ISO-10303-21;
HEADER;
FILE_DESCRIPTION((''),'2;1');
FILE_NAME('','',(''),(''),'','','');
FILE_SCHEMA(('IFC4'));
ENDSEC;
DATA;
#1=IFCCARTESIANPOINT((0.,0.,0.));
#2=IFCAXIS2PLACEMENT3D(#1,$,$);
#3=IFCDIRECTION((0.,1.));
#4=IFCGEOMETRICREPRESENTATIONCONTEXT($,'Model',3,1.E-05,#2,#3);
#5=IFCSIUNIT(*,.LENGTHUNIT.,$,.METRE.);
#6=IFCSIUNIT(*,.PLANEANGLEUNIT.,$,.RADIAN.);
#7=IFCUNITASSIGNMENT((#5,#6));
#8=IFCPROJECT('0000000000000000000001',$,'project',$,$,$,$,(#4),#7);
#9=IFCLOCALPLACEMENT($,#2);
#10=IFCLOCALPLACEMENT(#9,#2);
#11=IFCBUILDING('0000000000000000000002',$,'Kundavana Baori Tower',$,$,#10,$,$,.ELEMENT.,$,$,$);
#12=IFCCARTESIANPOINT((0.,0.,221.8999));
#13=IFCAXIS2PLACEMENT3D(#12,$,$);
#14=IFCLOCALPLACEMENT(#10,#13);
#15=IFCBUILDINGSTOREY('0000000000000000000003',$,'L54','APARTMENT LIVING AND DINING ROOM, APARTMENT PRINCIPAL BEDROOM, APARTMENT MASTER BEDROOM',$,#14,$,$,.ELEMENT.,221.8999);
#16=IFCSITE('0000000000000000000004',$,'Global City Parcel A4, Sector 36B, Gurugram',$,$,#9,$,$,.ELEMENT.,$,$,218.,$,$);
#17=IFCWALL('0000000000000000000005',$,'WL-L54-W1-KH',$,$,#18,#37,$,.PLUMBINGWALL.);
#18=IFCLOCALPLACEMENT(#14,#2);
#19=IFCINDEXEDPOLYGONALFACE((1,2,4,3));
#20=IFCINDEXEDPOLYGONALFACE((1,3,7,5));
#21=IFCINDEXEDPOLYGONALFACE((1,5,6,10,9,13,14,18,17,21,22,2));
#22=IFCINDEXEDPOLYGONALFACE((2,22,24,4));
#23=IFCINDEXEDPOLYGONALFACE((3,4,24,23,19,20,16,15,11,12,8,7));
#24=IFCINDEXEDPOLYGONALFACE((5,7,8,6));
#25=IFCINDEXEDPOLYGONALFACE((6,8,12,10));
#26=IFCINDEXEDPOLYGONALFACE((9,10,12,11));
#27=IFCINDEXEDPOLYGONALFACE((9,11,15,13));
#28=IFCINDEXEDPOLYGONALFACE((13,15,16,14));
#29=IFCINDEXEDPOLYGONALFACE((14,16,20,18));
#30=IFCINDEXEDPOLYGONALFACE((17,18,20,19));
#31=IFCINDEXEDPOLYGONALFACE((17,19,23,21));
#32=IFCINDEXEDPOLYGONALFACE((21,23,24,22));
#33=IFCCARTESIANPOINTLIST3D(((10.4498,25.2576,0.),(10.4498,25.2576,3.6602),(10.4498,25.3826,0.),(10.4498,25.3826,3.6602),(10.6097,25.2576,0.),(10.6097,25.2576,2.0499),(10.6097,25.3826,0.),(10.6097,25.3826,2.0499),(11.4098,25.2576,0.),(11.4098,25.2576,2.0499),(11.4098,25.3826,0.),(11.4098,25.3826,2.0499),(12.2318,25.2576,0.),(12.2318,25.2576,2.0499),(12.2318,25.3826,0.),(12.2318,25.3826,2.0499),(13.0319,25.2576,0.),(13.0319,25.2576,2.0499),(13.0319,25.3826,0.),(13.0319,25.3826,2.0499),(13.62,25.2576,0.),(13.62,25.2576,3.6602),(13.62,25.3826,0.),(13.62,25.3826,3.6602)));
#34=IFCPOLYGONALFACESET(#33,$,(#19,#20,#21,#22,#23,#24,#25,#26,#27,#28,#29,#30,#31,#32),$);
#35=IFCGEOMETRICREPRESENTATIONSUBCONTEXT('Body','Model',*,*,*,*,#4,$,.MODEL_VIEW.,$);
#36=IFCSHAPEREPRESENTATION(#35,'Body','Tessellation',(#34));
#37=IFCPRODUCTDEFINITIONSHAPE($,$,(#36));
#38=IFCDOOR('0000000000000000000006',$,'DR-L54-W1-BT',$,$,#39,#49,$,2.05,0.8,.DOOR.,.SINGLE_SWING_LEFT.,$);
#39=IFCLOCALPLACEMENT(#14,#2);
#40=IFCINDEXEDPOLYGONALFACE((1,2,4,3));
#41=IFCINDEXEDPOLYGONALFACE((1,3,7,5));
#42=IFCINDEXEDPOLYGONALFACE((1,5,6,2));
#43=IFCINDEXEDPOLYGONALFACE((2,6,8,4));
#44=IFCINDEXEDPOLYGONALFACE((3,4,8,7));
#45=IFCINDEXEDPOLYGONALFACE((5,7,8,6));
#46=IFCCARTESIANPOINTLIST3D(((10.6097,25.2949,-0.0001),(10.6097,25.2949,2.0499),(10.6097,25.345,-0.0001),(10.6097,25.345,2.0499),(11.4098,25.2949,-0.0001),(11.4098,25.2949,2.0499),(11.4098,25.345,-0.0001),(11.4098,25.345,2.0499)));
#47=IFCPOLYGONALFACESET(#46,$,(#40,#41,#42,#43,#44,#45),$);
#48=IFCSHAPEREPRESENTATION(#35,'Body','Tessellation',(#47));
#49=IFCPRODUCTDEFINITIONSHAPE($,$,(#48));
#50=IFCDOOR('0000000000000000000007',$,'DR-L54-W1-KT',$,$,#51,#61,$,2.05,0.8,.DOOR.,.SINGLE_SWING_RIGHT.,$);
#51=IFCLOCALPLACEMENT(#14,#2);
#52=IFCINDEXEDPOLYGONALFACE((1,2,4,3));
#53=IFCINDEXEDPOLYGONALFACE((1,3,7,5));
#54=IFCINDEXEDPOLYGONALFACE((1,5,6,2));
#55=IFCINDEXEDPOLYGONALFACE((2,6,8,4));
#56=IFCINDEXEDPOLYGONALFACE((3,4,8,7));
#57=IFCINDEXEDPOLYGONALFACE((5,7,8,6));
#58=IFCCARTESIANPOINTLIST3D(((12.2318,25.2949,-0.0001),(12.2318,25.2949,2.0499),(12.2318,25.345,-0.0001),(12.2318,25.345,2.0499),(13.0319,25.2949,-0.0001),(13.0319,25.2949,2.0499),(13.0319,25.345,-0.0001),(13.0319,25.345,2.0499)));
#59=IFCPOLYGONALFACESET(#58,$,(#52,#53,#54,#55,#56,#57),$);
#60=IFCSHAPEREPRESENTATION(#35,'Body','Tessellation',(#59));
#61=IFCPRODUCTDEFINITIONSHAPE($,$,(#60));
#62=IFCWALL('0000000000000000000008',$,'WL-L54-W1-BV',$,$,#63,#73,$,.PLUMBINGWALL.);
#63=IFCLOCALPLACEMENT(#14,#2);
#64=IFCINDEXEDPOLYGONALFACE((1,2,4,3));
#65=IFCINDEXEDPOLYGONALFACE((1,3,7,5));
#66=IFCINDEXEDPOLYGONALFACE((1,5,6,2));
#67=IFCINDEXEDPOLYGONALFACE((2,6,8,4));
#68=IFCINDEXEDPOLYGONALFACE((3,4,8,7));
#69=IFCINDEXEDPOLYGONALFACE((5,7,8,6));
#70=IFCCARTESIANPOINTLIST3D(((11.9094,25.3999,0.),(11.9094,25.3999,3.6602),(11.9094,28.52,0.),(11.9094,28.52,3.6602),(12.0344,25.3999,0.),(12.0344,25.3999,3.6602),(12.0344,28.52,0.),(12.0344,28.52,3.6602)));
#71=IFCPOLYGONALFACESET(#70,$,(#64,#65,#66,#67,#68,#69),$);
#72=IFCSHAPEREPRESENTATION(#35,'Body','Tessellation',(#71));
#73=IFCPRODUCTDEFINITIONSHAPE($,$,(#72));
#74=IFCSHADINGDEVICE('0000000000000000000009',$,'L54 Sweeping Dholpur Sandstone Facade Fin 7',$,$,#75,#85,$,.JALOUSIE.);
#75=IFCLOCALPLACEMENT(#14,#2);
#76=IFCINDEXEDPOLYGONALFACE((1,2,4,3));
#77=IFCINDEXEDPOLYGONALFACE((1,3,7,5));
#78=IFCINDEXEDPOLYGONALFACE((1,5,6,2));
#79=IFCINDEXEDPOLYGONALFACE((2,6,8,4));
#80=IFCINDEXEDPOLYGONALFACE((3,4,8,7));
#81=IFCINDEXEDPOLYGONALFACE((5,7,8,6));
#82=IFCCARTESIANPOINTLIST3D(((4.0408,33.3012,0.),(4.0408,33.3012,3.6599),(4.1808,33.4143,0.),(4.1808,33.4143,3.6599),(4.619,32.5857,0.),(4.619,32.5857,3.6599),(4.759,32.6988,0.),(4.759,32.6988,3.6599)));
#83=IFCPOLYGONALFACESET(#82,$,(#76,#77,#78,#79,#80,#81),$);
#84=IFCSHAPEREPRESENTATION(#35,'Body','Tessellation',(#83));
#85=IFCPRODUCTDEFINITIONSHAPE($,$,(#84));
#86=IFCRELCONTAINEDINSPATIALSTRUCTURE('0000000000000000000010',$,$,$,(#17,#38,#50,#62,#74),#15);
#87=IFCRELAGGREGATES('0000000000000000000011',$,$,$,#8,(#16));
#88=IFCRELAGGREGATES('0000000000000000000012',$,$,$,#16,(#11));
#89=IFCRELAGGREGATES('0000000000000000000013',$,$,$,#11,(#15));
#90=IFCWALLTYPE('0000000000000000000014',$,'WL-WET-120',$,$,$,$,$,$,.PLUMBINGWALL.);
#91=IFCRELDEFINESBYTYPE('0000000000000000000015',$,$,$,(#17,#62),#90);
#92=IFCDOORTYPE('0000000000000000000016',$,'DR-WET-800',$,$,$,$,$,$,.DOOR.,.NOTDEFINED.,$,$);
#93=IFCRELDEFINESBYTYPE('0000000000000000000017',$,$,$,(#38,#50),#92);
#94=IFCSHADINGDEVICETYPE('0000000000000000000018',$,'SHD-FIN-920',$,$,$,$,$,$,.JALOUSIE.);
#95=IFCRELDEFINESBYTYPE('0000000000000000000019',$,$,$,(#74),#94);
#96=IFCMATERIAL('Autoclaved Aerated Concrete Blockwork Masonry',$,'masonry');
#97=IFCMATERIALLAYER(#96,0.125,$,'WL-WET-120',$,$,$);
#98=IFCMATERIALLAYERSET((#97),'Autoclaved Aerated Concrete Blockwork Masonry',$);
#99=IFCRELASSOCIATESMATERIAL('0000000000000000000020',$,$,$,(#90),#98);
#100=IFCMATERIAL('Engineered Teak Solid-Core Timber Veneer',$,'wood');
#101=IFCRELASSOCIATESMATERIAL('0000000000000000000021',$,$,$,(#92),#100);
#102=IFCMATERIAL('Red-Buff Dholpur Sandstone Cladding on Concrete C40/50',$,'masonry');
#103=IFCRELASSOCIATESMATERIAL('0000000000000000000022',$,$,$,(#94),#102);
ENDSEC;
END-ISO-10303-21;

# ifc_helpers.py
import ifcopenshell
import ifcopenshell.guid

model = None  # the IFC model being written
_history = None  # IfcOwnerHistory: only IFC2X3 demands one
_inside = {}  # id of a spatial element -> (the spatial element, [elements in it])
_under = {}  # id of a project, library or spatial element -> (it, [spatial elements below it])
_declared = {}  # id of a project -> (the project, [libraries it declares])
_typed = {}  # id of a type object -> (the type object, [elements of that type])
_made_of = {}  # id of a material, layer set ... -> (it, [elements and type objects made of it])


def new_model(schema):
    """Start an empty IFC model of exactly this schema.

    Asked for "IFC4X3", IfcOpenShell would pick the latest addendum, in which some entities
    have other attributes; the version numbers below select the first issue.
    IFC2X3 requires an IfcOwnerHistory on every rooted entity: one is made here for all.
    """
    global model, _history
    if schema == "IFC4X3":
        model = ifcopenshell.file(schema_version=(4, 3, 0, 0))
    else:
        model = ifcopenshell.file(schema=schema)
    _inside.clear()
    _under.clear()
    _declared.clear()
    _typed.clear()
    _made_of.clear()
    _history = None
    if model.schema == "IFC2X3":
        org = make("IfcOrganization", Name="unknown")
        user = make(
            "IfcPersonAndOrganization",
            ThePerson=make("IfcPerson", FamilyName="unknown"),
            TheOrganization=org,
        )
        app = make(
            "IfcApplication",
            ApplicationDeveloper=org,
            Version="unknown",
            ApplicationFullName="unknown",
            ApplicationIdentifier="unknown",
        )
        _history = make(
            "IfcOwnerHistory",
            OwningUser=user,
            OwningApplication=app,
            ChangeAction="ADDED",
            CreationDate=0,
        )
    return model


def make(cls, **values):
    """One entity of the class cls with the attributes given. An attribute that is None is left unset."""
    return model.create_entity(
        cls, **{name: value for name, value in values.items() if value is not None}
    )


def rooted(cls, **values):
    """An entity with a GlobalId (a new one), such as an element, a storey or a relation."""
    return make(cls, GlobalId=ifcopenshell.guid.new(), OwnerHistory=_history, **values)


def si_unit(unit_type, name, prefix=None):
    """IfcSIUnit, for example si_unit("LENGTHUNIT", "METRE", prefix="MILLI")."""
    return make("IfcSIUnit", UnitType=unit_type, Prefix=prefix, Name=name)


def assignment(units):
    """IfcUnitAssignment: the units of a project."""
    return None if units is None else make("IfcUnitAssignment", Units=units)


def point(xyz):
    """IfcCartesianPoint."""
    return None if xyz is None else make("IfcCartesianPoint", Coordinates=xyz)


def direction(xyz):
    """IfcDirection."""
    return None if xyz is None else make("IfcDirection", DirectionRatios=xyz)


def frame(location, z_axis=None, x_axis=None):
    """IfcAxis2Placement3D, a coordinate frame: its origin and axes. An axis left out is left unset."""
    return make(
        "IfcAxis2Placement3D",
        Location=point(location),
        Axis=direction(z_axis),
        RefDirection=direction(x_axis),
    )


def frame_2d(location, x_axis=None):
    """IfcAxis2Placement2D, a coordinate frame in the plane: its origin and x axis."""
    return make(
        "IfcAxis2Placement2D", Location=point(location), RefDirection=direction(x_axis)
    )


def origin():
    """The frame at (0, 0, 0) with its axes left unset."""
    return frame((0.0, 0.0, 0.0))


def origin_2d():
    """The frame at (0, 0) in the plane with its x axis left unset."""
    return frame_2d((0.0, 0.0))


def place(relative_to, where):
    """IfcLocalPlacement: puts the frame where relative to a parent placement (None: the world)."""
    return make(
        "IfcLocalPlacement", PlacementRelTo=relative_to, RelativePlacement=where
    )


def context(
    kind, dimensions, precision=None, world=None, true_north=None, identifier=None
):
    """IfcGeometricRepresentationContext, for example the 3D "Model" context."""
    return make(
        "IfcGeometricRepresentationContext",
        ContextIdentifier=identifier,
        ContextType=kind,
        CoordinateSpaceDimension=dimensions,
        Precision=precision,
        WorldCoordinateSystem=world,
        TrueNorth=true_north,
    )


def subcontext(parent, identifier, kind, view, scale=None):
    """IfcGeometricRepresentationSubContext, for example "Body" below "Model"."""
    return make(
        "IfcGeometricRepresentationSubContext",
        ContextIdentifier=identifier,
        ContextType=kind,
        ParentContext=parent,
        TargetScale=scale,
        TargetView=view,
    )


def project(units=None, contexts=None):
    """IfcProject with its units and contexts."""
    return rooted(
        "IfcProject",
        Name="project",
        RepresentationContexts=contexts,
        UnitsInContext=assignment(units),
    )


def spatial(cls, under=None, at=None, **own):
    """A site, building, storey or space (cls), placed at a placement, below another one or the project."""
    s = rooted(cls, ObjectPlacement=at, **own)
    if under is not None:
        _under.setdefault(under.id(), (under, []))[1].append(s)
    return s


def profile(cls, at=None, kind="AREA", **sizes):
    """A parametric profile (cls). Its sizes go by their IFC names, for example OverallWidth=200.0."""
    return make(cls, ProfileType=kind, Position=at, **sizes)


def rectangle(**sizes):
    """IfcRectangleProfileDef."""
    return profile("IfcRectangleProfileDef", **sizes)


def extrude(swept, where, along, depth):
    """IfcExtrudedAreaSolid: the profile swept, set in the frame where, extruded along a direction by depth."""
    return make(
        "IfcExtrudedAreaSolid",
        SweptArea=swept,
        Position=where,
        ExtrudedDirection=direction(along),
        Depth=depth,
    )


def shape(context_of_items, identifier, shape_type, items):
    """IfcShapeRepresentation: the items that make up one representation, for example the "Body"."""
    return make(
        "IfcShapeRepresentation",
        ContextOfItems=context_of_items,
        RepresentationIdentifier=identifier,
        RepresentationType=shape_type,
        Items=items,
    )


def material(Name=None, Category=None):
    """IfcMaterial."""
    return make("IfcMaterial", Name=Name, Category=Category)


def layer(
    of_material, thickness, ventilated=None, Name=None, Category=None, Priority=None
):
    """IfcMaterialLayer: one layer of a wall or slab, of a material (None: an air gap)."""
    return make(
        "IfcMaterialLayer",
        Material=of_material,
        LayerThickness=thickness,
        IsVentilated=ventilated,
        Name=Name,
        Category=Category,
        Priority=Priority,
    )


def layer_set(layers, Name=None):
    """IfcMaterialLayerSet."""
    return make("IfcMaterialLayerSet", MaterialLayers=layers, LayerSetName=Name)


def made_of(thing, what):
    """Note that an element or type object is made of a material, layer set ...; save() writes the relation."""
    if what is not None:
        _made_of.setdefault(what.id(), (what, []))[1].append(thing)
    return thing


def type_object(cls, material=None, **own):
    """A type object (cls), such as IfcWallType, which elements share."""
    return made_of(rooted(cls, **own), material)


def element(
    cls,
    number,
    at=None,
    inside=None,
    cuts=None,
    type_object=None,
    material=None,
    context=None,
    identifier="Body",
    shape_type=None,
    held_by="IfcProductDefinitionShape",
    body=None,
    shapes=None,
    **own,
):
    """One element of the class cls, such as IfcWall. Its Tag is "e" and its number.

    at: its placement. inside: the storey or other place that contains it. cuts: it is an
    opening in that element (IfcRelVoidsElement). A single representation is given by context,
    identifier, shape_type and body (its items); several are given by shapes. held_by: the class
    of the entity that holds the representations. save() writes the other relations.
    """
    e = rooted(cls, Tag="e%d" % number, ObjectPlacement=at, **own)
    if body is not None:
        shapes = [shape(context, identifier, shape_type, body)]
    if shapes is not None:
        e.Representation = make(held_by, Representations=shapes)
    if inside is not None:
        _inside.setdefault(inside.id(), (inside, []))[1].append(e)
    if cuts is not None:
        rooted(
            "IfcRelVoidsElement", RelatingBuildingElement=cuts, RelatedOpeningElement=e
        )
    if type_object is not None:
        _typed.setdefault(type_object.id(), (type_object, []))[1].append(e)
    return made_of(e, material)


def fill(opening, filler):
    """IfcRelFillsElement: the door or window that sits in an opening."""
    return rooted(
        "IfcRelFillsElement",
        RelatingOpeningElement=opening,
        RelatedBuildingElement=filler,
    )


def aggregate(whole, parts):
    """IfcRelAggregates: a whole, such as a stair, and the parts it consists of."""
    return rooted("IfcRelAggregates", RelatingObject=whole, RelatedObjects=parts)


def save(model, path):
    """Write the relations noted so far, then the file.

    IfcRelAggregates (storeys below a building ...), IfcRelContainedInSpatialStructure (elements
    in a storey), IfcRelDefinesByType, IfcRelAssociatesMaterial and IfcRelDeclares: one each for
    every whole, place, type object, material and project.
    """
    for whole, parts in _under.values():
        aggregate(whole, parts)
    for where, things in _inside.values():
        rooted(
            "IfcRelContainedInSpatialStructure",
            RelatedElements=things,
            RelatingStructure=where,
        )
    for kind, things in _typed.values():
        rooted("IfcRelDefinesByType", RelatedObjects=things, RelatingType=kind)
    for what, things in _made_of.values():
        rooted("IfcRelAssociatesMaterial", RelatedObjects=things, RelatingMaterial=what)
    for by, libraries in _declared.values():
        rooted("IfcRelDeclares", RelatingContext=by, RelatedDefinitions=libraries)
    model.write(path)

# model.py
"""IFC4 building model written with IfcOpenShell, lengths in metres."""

from ifc_helpers import new_model, si_unit, direction, frame, frame_2d, origin, origin_2d, place, context, subcontext, project, spatial, rectangle, extrude, material, layer, layer_set, type_object, element, fill, save


model = new_model("IFC4")

# Units and contexts
model_context = context("Model", 3, precision=1e-05, world=origin(), true_north=direction((0.0, 1.0)))
body_context = subcontext(model_context, "Body", "Model", "MODEL_VIEW")
ifc_project = project(units=[si_unit("LENGTHUNIT", "METRE"), si_unit("PLANEANGLEUNIT", "RADIAN")], contexts=[model_context])

# Site, building, storey
site_placement = place(None, origin())
site = spatial("IfcSite", under=ifc_project, at=site_placement, Name="Global City Parcel A4, Sector 36B, Gurugram", CompositionType="ELEMENT", RefElevation=218.0)
building_placement = place(site_placement, origin())
building = spatial("IfcBuilding", under=site, at=building_placement, Name="Kundavana Baori Tower", CompositionType="ELEMENT")
storey_placement = place(building_placement, frame((0.0, 0.0, 221.8999)))
storey = spatial("IfcBuildingStorey", under=building, at=storey_placement, Name="L54", Description="APARTMENT LIVING AND DINING ROOM, APARTMENT PRINCIPAL BEDROOM, APARTMENT MASTER BEDROOM", CompositionType="ELEMENT", Elevation=221.8999)

# Wall, openings, doors
ifc_material_1 = material(Name="Autoclaved Aerated Concrete Blockwork Masonry", Category="masonry")
ifc_layer_1 = layer(ifc_material_1, 0.125, Name="WL-WET-120")
ifc_layer_set_1 = layer_set([ifc_layer_1], Name="Autoclaved Aerated Concrete Blockwork Masonry")
wall_type_1 = type_object("IfcWallType", Name="WL-WET-120", PredefinedType="PLUMBINGWALL", material=ifc_layer_set_1)
wall_1_placement = place(storey_placement, frame((10.45, 25.3201, 0.0), z_axis=(0.0, 0.0, 1.0), x_axis=(1.0, 0.0, 0.0)))
wall_1 = element("IfcWall", 1, at=wall_1_placement, inside=storey, type_object=wall_type_1, Name="WL-L54-W1-KH", PredefinedType="PLUMBINGWALL", context=body_context, shape_type="SweptSolid", body=[
    extrude(rectangle(XDim=3.1702, YDim=0.125, at=frame_2d((1.585, 0.0))), origin(), (0.0, 0.0, 1.0), 3.6602),
])
opening_1_placement = place(wall_1_placement, frame((0.1599, 0.0, 0.0)))
opening_1 = element("IfcOpeningElement", 2, at=opening_1_placement, cuts=wall_1, PredefinedType="OPENING", context=body_context, shape_type="SweptSolid", body=[
    extrude(rectangle(XDim=0.8, YDim=2.05, at=frame_2d((0.3999, 1.0249))), frame((0.0, 0.0725, 0.0), z_axis=(0.0, -1.0, 0.0), x_axis=(1.0, 0.0, 0.0)), (0.0, 0.0, 1.0), 0.145),
])
opening_2_placement = place(wall_1_placement, frame((1.782, 0.0, 0.0)))
opening_2 = element("IfcOpeningElement", 3, at=opening_2_placement, cuts=wall_1, PredefinedType="OPENING", context=body_context, shape_type="SweptSolid", body=[
    extrude(rectangle(XDim=0.8, YDim=2.05, at=frame_2d((0.3999, 1.0249))), frame((0.0, 0.0725, 0.0), z_axis=(0.0, -1.0, 0.0), x_axis=(1.0, 0.0, 0.0)), (0.0, 0.0, 1.0), 0.145),
])
ifc_material_2 = material(Name="Engineered Teak Solid-Core Timber Veneer", Category="wood")
door_type_1 = type_object("IfcDoorType", Name="DR-WET-800", OperationType="NOTDEFINED", PredefinedType="DOOR", material=ifc_material_2)
door_1_placement = place(opening_1_placement, origin())
door_1 = element("IfcDoor", 4, at=door_1_placement, inside=storey, type_object=door_type_1, Name="DR-L54-W1-BT", OperationType="SINGLE_SWING_LEFT", OverallHeight=2.05, OverallWidth=0.8, PredefinedType="DOOR", context=body_context, shape_type="SweptSolid", body=[
    extrude(rectangle(XDim=0.8, YDim=2.05, at=frame_2d((0.3999, 1.0249))), frame((0.0, 0.0249, 0.0), z_axis=(0.0, -1.0, 0.0), x_axis=(1.0, 0.0, 0.0)), (0.0, 0.0, 1.0), 0.05),
])
fill(opening_1, door_1)
door_2_placement = place(opening_2_placement, origin())
door_2 = element("IfcDoor", 5, at=door_2_placement, inside=storey, type_object=door_type_1, Name="DR-L54-W1-KT", OperationType="SINGLE_SWING_RIGHT", OverallHeight=2.05, OverallWidth=0.8, PredefinedType="DOOR", context=body_context, shape_type="SweptSolid", body=[
    extrude(rectangle(XDim=0.8, YDim=2.05, at=frame_2d((0.3999, 1.0249))), frame((0.0, 0.0249, 0.0), z_axis=(0.0, -1.0, 0.0), x_axis=(1.0, 0.0, 0.0)), (0.0, 0.0, 1.0), 0.05),
])
fill(opening_2, door_2)

# Wall
wall_2_placement = place(storey_placement, frame((11.9719, 25.3999, 0.0), z_axis=(0.0, 0.0, 1.0), x_axis=(0.0, 1.0, 0.0)))
element("IfcWall", 6, at=wall_2_placement, inside=storey, type_object=wall_type_1, Name="WL-L54-W1-BV", PredefinedType="PLUMBINGWALL", context=body_context, shape_type="SweptSolid", body=[
    extrude(rectangle(XDim=3.1201, YDim=0.125, at=frame_2d((1.5601, 0.0))), origin(), (0.0, 0.0, 1.0), 3.6602),
])

# Shading device
ifc_material_3 = material(Name="Red-Buff Dholpur Sandstone Cladding on Concrete C40/50", Category="masonry")
shading_device_type = type_object("IfcShadingDeviceType", Name="SHD-FIN-920", PredefinedType="JALOUSIE", material=ifc_material_3)
shading_device_placement = place(storey_placement, frame((4.3999, 33.0, 0.0), z_axis=(0.0, 0.0, 1.0), x_axis=(0.777805, 0.628506, 0.0)))
element("IfcShadingDevice", 7, at=shading_device_placement, inside=storey, type_object=shading_device_type, Name="L54 Sweeping Dholpur Sandstone Facade Fin 7", PredefinedType="JALOUSIE", context=body_context, shape_type="SweptSolid", body=[
    extrude(rectangle(XDim=0.1799, YDim=0.9199, at=origin_2d()), origin(), (0.0, 0.0, 1.0), 3.6599),
])

save(model, "model.ifc")
